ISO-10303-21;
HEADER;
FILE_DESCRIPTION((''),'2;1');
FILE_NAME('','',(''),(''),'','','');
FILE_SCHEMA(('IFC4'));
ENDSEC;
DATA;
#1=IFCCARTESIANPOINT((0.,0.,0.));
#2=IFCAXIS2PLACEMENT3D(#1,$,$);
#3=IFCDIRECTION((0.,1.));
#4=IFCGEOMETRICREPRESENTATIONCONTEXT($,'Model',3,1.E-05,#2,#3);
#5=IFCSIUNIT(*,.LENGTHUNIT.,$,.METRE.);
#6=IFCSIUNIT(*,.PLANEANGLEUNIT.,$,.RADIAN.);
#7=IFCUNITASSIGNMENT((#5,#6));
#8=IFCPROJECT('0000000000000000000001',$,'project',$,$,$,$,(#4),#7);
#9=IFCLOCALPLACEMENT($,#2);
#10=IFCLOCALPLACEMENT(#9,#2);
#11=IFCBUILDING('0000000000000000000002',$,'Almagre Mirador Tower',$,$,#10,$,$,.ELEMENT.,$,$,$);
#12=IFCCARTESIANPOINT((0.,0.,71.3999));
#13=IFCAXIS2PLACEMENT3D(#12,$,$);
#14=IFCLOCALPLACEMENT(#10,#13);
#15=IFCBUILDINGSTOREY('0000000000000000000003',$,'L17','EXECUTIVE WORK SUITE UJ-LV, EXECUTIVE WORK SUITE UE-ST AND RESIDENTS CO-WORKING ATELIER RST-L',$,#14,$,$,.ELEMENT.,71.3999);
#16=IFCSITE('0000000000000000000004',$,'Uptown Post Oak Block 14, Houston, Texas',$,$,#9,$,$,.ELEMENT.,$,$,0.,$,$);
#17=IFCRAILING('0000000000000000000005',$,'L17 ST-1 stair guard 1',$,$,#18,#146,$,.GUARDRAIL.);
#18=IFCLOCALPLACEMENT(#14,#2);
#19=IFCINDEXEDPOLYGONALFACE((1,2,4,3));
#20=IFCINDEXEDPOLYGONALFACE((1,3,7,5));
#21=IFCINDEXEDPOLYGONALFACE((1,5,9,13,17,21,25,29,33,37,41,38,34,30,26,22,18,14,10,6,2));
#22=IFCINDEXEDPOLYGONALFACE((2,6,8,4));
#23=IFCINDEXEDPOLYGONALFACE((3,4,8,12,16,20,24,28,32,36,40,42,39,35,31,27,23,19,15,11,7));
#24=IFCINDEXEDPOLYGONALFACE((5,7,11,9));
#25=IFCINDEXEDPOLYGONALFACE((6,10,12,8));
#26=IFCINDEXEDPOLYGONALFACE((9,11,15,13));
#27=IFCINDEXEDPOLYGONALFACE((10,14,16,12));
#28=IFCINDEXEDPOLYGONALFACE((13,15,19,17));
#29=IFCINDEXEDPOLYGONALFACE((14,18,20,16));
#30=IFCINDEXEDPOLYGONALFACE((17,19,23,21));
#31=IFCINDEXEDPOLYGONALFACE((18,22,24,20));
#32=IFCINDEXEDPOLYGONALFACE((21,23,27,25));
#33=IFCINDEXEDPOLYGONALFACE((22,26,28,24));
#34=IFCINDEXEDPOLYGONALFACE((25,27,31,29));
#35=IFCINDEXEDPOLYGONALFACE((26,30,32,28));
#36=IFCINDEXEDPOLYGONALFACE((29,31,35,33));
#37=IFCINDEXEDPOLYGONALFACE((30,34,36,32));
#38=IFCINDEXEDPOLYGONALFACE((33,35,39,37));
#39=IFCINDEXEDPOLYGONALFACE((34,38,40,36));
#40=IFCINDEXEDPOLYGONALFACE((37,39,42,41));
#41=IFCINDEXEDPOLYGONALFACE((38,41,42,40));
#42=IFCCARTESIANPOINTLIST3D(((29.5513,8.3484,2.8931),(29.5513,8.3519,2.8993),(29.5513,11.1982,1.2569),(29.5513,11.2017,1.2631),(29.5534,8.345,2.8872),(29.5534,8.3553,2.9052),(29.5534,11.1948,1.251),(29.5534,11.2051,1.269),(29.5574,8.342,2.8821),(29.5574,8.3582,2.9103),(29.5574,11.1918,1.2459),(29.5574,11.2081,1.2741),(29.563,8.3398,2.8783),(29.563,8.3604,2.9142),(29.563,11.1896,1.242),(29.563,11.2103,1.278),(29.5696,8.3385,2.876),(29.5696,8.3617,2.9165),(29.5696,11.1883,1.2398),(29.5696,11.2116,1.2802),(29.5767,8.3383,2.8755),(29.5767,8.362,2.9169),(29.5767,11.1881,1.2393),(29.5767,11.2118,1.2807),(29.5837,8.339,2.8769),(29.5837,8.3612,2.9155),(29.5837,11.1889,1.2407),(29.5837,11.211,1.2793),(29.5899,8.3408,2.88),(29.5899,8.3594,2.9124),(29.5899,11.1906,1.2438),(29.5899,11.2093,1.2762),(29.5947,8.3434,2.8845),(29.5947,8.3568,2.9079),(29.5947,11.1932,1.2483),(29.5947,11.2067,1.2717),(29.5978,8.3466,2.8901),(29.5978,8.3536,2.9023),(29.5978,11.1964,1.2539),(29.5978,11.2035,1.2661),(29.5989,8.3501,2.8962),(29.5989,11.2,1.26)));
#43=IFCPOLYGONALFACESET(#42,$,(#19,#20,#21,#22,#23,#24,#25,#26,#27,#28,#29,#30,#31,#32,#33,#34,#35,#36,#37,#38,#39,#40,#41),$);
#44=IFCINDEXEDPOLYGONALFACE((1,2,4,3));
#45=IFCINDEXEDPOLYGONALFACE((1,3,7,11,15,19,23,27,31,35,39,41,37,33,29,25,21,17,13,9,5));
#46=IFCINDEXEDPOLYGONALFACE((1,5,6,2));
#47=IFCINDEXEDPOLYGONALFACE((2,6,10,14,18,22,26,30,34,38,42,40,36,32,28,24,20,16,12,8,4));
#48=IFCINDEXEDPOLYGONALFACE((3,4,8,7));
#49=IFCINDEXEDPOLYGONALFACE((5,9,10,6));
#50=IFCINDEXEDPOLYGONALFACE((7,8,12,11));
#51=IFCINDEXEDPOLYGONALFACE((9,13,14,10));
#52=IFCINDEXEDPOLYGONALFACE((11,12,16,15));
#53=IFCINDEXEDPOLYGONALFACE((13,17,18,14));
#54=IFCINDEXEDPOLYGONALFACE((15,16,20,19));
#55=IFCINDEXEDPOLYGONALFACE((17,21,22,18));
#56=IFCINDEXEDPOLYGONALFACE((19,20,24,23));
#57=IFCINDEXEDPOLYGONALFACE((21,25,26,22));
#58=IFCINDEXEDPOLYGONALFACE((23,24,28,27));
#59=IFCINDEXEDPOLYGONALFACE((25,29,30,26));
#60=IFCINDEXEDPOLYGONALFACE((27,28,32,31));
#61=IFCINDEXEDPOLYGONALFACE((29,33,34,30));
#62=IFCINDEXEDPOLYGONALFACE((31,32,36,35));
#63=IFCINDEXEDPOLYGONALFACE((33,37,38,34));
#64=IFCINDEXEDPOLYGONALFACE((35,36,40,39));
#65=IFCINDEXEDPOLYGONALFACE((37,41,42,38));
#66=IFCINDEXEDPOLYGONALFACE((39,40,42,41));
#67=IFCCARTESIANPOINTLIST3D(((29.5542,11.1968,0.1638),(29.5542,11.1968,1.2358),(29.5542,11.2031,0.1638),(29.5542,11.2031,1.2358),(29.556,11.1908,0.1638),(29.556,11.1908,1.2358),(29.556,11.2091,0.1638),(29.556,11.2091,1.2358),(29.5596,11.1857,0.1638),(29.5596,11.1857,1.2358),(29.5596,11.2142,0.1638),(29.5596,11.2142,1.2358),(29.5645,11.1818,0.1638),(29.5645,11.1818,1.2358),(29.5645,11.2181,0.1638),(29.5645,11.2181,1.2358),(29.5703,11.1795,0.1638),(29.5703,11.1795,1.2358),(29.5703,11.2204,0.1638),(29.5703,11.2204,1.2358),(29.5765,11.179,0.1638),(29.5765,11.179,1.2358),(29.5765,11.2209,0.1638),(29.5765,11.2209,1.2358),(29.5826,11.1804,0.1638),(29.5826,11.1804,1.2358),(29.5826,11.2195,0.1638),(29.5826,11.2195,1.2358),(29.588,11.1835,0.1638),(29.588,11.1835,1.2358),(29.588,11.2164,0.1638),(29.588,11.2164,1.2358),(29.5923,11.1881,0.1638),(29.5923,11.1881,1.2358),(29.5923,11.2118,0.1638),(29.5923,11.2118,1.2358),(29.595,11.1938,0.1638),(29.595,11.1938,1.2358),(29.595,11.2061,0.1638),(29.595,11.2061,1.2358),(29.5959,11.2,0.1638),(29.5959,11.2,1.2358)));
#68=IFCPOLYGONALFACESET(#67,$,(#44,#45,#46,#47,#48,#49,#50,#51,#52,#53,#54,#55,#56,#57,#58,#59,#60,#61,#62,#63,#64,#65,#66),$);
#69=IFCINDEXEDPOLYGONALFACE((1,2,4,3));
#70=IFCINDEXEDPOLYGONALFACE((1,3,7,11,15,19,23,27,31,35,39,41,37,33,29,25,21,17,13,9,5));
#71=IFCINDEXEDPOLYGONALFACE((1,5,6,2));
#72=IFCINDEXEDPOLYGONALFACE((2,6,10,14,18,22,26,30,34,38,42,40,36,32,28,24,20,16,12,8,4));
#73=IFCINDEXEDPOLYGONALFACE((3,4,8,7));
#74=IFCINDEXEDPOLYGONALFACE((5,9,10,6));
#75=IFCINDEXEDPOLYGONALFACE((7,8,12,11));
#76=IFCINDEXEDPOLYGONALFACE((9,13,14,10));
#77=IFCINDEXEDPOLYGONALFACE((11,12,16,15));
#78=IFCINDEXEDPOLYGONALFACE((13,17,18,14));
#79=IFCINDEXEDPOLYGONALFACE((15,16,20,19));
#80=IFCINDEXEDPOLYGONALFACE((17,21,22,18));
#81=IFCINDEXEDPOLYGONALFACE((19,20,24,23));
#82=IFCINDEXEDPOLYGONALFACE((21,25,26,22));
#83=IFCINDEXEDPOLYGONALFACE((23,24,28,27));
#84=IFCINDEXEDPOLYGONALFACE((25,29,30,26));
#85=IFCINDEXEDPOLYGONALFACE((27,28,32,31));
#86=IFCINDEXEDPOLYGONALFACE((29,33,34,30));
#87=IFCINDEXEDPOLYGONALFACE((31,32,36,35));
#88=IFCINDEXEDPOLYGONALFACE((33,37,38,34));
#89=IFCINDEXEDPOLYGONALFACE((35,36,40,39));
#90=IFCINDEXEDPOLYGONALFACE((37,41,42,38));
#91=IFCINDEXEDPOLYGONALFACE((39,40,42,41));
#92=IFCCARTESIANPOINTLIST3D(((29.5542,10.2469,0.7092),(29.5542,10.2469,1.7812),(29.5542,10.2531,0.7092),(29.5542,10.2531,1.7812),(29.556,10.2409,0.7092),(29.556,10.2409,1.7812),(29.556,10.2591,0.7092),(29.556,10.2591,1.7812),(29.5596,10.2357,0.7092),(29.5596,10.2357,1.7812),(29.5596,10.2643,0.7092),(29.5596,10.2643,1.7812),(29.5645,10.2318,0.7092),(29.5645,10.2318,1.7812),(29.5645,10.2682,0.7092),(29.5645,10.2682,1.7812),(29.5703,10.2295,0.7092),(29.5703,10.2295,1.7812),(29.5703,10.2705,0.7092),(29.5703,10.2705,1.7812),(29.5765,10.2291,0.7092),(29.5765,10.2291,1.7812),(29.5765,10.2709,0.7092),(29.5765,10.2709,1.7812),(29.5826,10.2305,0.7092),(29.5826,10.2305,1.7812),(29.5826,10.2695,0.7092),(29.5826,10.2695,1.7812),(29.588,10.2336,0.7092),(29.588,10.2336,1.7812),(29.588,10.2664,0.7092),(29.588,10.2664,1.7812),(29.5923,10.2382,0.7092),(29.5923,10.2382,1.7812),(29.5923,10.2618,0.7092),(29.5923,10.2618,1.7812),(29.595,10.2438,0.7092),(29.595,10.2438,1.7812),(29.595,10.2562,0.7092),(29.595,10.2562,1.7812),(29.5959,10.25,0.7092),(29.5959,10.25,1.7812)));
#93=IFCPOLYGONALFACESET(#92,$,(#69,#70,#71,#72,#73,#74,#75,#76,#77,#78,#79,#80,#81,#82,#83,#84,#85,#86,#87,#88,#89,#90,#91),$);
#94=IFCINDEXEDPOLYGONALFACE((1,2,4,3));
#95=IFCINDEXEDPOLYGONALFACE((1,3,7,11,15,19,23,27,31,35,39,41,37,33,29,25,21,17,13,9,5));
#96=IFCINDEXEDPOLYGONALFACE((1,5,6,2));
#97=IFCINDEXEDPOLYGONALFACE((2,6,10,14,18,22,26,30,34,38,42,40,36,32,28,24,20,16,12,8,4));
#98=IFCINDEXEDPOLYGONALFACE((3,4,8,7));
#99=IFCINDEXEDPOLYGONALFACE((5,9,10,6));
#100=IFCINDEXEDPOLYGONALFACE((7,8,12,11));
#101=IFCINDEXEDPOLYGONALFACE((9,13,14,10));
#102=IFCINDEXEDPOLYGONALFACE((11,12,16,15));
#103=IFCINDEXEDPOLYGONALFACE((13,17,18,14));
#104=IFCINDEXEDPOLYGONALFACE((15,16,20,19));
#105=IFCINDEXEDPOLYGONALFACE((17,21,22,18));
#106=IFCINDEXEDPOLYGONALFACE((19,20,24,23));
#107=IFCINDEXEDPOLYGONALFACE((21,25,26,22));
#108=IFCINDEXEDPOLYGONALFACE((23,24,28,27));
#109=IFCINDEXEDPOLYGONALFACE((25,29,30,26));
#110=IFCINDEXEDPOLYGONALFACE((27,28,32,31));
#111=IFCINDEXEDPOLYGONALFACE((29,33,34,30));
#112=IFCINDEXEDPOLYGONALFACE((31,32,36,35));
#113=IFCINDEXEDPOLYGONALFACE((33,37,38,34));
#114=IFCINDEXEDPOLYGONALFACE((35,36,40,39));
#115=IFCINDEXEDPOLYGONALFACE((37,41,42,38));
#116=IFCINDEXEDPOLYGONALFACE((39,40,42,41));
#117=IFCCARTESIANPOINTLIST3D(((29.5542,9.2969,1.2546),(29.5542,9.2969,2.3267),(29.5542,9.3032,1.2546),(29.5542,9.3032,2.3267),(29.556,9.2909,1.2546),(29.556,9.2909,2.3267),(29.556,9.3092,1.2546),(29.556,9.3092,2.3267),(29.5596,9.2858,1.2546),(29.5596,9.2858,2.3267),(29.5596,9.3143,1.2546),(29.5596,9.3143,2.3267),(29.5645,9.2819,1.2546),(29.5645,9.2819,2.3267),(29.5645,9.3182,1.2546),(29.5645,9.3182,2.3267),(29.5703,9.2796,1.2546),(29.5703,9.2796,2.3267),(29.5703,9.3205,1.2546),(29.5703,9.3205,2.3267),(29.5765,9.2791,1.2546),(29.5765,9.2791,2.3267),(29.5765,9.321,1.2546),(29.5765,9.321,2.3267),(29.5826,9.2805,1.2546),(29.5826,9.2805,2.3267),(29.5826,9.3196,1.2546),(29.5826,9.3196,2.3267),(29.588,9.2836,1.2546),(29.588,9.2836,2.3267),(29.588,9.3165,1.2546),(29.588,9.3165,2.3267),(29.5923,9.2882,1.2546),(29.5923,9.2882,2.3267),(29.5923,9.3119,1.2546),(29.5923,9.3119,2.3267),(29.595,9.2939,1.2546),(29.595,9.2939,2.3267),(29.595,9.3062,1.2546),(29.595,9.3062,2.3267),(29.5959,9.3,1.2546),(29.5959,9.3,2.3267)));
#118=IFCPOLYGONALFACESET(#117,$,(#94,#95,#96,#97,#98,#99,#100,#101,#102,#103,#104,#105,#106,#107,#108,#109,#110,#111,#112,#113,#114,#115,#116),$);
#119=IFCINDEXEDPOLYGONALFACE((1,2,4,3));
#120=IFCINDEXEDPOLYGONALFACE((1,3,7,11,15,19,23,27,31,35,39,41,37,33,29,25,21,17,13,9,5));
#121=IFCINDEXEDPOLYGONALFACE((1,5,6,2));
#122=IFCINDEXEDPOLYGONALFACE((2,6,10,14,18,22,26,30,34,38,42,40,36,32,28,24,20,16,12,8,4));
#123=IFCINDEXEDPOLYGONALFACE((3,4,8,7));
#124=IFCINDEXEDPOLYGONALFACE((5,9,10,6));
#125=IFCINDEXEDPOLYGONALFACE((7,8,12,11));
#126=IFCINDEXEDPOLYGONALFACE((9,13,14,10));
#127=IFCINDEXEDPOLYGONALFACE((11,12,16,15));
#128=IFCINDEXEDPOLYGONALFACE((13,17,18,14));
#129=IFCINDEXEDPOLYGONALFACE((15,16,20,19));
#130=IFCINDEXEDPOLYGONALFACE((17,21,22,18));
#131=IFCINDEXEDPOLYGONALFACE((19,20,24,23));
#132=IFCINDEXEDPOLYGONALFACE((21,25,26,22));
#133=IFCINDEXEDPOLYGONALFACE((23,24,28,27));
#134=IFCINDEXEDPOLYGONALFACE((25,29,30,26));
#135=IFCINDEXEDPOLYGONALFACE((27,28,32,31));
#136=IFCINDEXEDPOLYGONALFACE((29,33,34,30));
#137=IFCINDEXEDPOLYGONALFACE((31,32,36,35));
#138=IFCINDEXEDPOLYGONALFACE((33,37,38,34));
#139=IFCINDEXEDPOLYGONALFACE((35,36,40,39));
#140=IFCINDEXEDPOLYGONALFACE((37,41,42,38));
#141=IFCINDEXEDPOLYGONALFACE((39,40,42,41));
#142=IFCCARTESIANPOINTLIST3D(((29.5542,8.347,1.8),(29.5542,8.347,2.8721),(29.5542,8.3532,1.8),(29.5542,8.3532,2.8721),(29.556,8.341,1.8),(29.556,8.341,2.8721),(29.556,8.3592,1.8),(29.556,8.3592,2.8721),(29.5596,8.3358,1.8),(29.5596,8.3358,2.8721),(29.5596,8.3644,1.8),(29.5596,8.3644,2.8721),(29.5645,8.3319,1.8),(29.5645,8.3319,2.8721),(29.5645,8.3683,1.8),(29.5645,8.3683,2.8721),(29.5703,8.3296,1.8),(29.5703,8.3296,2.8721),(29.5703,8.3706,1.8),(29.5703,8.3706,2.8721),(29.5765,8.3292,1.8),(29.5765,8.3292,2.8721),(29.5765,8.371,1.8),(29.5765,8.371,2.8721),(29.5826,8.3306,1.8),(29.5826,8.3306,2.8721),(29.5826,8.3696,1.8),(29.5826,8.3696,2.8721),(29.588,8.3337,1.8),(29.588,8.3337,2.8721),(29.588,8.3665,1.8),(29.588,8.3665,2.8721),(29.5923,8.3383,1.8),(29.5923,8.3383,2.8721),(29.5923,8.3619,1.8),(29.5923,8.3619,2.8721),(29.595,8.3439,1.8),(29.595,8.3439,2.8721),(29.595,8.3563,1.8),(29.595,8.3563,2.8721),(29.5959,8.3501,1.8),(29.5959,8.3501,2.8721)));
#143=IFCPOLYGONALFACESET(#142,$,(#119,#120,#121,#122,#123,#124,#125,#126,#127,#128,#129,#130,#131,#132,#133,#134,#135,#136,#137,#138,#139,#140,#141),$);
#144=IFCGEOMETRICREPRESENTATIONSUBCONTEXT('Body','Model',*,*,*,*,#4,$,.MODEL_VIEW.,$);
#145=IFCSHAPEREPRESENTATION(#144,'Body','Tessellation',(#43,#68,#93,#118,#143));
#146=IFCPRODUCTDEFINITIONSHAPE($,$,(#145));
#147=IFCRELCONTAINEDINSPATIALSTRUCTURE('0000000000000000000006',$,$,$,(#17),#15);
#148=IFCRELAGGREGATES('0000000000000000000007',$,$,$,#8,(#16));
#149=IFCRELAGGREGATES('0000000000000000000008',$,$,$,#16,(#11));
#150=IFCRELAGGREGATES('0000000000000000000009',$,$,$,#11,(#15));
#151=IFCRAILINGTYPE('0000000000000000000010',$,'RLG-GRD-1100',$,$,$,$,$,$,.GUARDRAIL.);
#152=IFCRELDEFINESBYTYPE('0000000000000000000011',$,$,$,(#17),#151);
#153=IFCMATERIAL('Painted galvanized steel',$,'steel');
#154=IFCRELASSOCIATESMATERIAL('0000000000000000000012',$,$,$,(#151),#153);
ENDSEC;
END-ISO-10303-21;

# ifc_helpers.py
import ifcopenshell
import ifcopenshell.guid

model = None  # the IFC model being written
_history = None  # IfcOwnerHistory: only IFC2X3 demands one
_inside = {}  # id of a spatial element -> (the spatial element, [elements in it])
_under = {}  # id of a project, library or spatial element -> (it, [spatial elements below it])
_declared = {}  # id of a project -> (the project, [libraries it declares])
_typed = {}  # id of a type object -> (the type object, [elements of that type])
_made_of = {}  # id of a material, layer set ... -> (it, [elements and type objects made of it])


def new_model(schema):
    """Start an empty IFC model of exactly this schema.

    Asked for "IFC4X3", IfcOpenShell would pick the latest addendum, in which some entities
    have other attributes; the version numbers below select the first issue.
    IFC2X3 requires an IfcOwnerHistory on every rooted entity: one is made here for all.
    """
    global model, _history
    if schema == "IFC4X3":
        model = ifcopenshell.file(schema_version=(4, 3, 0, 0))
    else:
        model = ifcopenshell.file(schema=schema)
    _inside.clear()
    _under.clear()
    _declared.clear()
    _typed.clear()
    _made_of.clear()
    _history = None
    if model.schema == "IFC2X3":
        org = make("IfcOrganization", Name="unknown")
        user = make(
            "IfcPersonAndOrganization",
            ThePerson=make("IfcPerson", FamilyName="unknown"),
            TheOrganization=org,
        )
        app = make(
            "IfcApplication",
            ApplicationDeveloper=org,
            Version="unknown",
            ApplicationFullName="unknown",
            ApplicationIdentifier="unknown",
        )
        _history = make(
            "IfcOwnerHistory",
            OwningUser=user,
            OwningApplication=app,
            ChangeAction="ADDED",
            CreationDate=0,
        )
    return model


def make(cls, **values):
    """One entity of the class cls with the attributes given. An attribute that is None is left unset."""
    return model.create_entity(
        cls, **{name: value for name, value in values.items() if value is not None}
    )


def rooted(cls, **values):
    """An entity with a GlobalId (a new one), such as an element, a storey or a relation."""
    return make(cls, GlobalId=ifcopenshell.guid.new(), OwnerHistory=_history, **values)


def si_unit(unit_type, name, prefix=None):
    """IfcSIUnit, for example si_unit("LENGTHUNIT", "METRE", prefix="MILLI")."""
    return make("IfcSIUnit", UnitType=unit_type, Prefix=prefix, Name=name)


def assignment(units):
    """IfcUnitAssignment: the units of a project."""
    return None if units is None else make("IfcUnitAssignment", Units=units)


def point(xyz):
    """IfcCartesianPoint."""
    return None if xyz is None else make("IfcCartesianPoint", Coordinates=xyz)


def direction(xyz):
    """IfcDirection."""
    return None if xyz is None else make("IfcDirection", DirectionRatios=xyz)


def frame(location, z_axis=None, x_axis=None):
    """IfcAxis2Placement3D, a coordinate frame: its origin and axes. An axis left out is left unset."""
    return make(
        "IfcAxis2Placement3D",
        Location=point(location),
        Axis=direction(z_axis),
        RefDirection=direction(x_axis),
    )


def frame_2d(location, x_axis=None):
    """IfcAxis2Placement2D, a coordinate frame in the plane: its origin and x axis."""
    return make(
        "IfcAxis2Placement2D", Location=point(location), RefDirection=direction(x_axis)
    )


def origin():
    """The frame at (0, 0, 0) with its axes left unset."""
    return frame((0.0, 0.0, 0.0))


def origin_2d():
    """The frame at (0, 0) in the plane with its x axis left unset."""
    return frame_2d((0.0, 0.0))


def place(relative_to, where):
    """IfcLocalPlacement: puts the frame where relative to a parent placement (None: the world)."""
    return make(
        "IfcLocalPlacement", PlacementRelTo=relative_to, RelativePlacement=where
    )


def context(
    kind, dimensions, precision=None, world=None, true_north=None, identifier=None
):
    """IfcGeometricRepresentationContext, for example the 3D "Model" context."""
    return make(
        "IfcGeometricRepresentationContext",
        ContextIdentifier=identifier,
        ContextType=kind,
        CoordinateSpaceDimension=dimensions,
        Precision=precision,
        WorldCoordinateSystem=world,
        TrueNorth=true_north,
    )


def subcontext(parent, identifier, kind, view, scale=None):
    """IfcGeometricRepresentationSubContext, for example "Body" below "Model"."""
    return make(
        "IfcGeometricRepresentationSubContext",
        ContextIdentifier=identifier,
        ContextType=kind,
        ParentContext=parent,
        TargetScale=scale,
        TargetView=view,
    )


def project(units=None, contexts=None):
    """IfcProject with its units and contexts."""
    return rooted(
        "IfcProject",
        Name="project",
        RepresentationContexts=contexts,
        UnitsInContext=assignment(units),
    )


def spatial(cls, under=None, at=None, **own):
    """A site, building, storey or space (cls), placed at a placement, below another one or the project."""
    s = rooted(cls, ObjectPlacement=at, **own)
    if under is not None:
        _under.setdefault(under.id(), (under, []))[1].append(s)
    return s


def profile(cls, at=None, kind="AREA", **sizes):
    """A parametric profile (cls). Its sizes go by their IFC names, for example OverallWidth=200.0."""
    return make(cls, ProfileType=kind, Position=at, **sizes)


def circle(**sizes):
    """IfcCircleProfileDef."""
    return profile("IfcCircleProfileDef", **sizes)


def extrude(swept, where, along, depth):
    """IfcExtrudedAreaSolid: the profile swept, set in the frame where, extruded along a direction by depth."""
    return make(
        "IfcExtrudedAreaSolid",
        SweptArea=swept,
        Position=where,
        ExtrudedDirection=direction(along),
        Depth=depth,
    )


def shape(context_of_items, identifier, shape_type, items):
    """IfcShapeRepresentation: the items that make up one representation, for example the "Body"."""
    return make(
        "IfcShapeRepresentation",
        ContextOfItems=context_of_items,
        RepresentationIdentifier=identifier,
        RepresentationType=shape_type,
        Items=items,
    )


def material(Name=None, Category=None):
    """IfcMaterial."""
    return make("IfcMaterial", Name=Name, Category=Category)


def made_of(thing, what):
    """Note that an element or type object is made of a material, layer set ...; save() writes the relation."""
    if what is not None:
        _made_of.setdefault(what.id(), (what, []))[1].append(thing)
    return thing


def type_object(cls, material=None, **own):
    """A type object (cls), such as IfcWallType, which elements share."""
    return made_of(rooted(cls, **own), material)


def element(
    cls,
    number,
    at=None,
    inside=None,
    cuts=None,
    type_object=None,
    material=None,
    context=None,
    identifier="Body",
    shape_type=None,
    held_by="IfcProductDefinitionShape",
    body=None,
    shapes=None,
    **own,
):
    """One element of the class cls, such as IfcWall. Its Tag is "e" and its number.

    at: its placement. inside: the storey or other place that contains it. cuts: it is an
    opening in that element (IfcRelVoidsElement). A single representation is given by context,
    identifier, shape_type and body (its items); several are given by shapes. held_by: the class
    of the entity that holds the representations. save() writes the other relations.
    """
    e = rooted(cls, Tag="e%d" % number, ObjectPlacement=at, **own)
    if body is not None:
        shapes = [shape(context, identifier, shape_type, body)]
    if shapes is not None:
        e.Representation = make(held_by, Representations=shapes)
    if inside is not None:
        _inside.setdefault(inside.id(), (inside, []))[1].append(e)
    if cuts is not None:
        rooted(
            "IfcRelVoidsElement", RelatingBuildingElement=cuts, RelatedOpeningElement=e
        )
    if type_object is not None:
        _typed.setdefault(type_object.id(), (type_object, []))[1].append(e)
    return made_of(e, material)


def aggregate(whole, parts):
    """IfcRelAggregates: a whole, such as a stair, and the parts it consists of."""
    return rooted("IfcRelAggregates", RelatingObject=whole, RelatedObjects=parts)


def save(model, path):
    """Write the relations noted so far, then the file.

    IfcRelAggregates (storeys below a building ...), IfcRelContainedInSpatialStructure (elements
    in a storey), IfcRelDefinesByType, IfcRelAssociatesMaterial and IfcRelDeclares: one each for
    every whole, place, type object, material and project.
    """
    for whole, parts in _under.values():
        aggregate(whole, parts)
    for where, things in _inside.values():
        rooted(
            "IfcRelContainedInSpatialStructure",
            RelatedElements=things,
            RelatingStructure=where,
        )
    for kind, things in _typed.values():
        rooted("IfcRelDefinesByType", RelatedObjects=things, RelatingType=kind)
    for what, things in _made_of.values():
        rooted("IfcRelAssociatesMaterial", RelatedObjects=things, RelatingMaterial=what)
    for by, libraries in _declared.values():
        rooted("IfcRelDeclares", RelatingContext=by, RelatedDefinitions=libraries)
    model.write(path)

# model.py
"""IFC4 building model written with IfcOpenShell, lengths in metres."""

from ifc_helpers import new_model, si_unit, direction, frame, origin, origin_2d, place, context, subcontext, project, spatial, circle, extrude, material, type_object, element, save


model = new_model("IFC4")

# Units and contexts
model_context = context("Model", 3, precision=1e-05, world=origin(), true_north=direction((0.0, 1.0)))
body_context = subcontext(model_context, "Body", "Model", "MODEL_VIEW")
ifc_project = project(units=[si_unit("LENGTHUNIT", "METRE"), si_unit("PLANEANGLEUNIT", "RADIAN")], contexts=[model_context])

# Site, building, storey
site_placement = place(None, origin())
site = spatial("IfcSite", under=ifc_project, at=site_placement, Name="Uptown Post Oak Block 14, Houston, Texas", CompositionType="ELEMENT", RefElevation=0.0)
building_placement = place(site_placement, origin())
building = spatial("IfcBuilding", under=site, at=building_placement, Name="Almagre Mirador Tower", CompositionType="ELEMENT")
storey_placement = place(building_placement, frame((0.0, 0.0, 71.3999)))
storey = spatial("IfcBuildingStorey", under=building, at=storey_placement, Name="L17", Description="EXECUTIVE WORK SUITE UJ-LV, EXECUTIVE WORK SUITE UE-ST AND RESIDENTS CO-WORKING ATELIER RST-L", CompositionType="ELEMENT", Elevation=71.3999)

# Railing
ifc_material_1 = material(Name="Painted galvanized steel", Category="steel")
railing_type_1 = type_object("IfcRailingType", Name="RLG-GRD-1100", PredefinedType="GUARDRAIL", material=ifc_material_1)
railing_1_placement = place(storey_placement, frame((29.575, 11.2, 0.1638)))
element("IfcRailing", 1, at=railing_1_placement, inside=storey, type_object=railing_type_1, Name="L17 ST-1 stair guard 1", PredefinedType="GUARDRAIL", context=body_context, shape_type="SweptSolid", body=[
    extrude(circle(Radius=0.0239, at=origin_2d()), frame((0.0, 0.0, 1.0962), z_axis=(0.0, -0.867226, 0.497914), x_axis=(1.0, 0.0, 0.0)), (0.0, 0.0, 1.0), 3.2861),
    extrude(circle(Radius=0.021, at=origin_2d()), origin(), (0.0, 0.0, 1.0), 1.072),
    extrude(circle(Radius=0.021, at=origin_2d()), frame((0.0, -0.95, 0.5454)), (0.0, 0.0, 1.0), 1.072),
    extrude(circle(Radius=0.021, at=origin_2d()), frame((0.0, -1.8999, 1.0908)), (0.0, 0.0, 1.0), 1.072),
    extrude(circle(Radius=0.021, at=origin_2d()), frame((0.0, -2.8499, 1.6362)), (0.0, 0.0, 1.0), 1.072),
])

save(model, "model.ifc")
